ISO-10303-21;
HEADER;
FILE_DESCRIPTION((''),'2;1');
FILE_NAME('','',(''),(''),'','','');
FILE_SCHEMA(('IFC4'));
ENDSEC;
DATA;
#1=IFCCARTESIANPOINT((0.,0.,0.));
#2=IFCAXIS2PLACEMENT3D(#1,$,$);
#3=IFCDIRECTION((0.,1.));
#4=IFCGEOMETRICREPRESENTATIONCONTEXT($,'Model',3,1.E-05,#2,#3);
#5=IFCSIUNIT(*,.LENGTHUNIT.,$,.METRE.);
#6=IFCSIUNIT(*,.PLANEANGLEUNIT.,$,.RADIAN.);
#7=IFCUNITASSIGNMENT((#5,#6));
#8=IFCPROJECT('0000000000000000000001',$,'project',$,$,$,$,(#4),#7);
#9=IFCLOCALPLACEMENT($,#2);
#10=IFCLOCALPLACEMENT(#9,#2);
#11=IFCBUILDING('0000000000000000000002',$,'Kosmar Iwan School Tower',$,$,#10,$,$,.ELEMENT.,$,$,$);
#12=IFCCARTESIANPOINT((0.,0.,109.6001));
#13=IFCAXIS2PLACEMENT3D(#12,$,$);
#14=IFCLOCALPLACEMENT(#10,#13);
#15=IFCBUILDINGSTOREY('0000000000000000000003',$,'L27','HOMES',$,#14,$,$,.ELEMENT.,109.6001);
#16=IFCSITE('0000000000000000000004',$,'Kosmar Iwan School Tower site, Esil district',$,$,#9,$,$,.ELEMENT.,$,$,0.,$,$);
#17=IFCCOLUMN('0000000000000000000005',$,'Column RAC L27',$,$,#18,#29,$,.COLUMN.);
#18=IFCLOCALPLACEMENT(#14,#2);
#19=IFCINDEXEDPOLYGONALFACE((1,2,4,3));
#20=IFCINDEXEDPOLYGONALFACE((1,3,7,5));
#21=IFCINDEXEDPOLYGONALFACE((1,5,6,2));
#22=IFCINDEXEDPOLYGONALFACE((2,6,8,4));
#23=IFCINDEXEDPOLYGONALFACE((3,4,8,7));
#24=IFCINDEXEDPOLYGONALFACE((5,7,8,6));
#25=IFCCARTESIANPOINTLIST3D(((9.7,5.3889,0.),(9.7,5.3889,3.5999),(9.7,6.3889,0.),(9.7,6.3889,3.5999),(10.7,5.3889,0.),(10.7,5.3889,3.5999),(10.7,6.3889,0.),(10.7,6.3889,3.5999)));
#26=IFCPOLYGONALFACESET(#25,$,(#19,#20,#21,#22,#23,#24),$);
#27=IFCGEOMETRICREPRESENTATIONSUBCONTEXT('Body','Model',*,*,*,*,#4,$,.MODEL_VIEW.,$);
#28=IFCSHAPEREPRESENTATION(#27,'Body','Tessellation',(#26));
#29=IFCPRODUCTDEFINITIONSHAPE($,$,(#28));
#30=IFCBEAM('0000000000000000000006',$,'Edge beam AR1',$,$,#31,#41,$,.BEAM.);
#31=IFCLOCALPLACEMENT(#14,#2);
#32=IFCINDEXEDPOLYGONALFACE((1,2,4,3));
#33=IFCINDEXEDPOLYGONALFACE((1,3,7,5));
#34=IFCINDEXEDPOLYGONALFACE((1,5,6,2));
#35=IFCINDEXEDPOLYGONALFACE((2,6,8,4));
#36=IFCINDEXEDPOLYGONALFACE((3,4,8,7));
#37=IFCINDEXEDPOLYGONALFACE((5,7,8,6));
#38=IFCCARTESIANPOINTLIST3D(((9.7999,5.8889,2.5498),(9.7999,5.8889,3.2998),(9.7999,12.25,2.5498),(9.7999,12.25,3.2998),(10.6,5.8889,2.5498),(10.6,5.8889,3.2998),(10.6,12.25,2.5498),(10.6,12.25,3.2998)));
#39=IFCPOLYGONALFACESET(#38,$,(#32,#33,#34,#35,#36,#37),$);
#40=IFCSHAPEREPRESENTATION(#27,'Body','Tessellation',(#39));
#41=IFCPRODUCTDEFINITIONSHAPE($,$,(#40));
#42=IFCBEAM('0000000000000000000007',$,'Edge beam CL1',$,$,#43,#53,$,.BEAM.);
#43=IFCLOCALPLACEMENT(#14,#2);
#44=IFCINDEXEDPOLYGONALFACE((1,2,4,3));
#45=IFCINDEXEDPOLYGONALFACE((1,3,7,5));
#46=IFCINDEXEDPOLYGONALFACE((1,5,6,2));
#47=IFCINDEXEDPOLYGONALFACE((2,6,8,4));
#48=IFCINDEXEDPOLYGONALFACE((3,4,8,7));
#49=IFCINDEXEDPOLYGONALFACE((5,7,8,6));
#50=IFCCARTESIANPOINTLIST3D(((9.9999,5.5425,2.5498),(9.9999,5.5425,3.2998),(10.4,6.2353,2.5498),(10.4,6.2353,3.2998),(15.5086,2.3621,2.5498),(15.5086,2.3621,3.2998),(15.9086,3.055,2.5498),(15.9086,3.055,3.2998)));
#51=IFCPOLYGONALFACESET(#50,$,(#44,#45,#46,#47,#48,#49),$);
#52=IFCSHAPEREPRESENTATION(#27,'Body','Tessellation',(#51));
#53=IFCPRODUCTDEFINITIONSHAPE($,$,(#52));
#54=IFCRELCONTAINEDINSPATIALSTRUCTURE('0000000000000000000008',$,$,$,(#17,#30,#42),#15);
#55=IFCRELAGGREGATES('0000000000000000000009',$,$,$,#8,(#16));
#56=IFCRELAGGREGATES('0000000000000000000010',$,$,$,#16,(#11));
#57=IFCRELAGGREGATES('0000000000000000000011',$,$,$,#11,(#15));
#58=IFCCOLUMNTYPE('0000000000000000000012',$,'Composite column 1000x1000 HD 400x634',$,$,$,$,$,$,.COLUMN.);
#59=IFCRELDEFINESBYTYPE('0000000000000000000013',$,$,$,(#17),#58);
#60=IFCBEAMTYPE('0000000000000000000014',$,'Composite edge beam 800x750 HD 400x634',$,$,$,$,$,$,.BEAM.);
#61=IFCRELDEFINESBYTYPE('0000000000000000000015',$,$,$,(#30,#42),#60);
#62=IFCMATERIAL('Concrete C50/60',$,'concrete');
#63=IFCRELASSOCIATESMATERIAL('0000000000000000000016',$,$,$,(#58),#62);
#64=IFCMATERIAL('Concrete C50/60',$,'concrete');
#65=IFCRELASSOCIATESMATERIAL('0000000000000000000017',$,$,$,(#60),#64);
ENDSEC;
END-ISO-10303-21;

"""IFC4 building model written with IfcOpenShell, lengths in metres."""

from ifc_helpers import new_model, si_unit, direction, frame, origin, origin_2d, place, context, subcontext, project, spatial, rectangle, extrude, material, material_profile, profile_set, type_object, element, save


model = new_model("IFC4")

# Units and contexts
model_context = context("Model", 3, precision=1e-05, world=origin(), true_north=direction((0.0, 1.0)))
body_context = subcontext(model_context, "Body", "Model", "MODEL_VIEW")
ifc_project = project(units=[si_unit("LENGTHUNIT", "METRE"), si_unit("PLANEANGLEUNIT", "RADIAN")], contexts=[model_context])

# Site, building, storey
site_placement = place(None, origin())
site = spatial("IfcSite", under=ifc_project, at=site_placement, Name="Kosmar Iwan School Tower site, Esil district", CompositionType="ELEMENT", RefElevation=0.0)
building_placement = place(site_placement, origin())
building = spatial("IfcBuilding", under=site, at=building_placement, Name="Kosmar Iwan School Tower", CompositionType="ELEMENT")
storey_placement = place(building_placement, frame((0.0, 0.0, 109.6001)))
storey = spatial("IfcBuildingStorey", under=building, at=storey_placement, Name="L27", Description="HOMES", CompositionType="ELEMENT", Elevation=109.6001)

# Column
ifc_material_1 = material(Name="Concrete C50/60", Category="concrete")
ifc_material_profile_1 = material_profile(ifc_material_1, rectangle(XDim=1.0, YDim=1.0, at=origin_2d()), Name="RC 1000x1000 + HD 400x634")
ifc_profile_set_1 = profile_set([ifc_material_profile_1], Name="Concrete C50/60")
column_type = type_object("IfcColumnType", Name="Composite column 1000x1000 HD 400x634", PredefinedType="COLUMN", material=ifc_profile_set_1)
column_placement = place(storey_placement, frame((10.2, 5.8889, 0.0), z_axis=(0.0, 0.0, 1.0), x_axis=(1.0, 0.0, 0.0)))
element("IfcColumn", 1, at=column_placement, inside=storey, type_object=column_type, Name="Column RAC L27", PredefinedType="COLUMN", context=body_context, shape_type="SweptSolid", body=[
    extrude(rectangle(XDim=1.0, YDim=1.0, at=origin_2d()), origin(), (0.0, 0.0, 1.0), 3.5999),
])

# Beams
ifc_material_2 = material(Name="Concrete C50/60", Category="concrete")
ifc_material_profile_2 = material_profile(ifc_material_2, rectangle(XDim=0.8, YDim=0.75, at=origin_2d()), Name="RC 800x750 + HD 400x634")
ifc_profile_set_2 = profile_set([ifc_material_profile_2], Name="Concrete C50/60")
beam_type = type_object("IfcBeamType", Name="Composite edge beam 800x750 HD 400x634", PredefinedType="BEAM", material=ifc_profile_set_2)
beam_1_placement = place(storey_placement, frame((10.2, 5.8889, 2.9248), z_axis=(0.0, 1.0, 0.0), x_axis=(-1.0, 0.0, 0.0)))
element("IfcBeam", 2, at=beam_1_placement, inside=storey, type_object=beam_type, Name="Edge beam AR1", PredefinedType="BEAM", context=body_context, shape_type="SweptSolid", body=[
    extrude(rectangle(XDim=0.8, YDim=0.75, at=origin_2d()), origin(), (0.0, 0.0, 1.0), 6.3611),
])
beam_2_placement = place(storey_placement, frame((10.2, 5.8889, 2.9248), z_axis=(0.866031, -0.49999, 0.0), x_axis=(0.49999, 0.866031, 0.0)))
element("IfcBeam", 3, at=beam_2_placement, inside=storey, type_object=beam_type, Name="Edge beam CL1", PredefinedType="BEAM", context=body_context, shape_type="SweptSolid", body=[
    extrude(rectangle(XDim=0.8, YDim=0.75, at=origin_2d()), origin(), (0.0, 0.0, 1.0), 6.3608),
])

save(model, "model.ifc")
